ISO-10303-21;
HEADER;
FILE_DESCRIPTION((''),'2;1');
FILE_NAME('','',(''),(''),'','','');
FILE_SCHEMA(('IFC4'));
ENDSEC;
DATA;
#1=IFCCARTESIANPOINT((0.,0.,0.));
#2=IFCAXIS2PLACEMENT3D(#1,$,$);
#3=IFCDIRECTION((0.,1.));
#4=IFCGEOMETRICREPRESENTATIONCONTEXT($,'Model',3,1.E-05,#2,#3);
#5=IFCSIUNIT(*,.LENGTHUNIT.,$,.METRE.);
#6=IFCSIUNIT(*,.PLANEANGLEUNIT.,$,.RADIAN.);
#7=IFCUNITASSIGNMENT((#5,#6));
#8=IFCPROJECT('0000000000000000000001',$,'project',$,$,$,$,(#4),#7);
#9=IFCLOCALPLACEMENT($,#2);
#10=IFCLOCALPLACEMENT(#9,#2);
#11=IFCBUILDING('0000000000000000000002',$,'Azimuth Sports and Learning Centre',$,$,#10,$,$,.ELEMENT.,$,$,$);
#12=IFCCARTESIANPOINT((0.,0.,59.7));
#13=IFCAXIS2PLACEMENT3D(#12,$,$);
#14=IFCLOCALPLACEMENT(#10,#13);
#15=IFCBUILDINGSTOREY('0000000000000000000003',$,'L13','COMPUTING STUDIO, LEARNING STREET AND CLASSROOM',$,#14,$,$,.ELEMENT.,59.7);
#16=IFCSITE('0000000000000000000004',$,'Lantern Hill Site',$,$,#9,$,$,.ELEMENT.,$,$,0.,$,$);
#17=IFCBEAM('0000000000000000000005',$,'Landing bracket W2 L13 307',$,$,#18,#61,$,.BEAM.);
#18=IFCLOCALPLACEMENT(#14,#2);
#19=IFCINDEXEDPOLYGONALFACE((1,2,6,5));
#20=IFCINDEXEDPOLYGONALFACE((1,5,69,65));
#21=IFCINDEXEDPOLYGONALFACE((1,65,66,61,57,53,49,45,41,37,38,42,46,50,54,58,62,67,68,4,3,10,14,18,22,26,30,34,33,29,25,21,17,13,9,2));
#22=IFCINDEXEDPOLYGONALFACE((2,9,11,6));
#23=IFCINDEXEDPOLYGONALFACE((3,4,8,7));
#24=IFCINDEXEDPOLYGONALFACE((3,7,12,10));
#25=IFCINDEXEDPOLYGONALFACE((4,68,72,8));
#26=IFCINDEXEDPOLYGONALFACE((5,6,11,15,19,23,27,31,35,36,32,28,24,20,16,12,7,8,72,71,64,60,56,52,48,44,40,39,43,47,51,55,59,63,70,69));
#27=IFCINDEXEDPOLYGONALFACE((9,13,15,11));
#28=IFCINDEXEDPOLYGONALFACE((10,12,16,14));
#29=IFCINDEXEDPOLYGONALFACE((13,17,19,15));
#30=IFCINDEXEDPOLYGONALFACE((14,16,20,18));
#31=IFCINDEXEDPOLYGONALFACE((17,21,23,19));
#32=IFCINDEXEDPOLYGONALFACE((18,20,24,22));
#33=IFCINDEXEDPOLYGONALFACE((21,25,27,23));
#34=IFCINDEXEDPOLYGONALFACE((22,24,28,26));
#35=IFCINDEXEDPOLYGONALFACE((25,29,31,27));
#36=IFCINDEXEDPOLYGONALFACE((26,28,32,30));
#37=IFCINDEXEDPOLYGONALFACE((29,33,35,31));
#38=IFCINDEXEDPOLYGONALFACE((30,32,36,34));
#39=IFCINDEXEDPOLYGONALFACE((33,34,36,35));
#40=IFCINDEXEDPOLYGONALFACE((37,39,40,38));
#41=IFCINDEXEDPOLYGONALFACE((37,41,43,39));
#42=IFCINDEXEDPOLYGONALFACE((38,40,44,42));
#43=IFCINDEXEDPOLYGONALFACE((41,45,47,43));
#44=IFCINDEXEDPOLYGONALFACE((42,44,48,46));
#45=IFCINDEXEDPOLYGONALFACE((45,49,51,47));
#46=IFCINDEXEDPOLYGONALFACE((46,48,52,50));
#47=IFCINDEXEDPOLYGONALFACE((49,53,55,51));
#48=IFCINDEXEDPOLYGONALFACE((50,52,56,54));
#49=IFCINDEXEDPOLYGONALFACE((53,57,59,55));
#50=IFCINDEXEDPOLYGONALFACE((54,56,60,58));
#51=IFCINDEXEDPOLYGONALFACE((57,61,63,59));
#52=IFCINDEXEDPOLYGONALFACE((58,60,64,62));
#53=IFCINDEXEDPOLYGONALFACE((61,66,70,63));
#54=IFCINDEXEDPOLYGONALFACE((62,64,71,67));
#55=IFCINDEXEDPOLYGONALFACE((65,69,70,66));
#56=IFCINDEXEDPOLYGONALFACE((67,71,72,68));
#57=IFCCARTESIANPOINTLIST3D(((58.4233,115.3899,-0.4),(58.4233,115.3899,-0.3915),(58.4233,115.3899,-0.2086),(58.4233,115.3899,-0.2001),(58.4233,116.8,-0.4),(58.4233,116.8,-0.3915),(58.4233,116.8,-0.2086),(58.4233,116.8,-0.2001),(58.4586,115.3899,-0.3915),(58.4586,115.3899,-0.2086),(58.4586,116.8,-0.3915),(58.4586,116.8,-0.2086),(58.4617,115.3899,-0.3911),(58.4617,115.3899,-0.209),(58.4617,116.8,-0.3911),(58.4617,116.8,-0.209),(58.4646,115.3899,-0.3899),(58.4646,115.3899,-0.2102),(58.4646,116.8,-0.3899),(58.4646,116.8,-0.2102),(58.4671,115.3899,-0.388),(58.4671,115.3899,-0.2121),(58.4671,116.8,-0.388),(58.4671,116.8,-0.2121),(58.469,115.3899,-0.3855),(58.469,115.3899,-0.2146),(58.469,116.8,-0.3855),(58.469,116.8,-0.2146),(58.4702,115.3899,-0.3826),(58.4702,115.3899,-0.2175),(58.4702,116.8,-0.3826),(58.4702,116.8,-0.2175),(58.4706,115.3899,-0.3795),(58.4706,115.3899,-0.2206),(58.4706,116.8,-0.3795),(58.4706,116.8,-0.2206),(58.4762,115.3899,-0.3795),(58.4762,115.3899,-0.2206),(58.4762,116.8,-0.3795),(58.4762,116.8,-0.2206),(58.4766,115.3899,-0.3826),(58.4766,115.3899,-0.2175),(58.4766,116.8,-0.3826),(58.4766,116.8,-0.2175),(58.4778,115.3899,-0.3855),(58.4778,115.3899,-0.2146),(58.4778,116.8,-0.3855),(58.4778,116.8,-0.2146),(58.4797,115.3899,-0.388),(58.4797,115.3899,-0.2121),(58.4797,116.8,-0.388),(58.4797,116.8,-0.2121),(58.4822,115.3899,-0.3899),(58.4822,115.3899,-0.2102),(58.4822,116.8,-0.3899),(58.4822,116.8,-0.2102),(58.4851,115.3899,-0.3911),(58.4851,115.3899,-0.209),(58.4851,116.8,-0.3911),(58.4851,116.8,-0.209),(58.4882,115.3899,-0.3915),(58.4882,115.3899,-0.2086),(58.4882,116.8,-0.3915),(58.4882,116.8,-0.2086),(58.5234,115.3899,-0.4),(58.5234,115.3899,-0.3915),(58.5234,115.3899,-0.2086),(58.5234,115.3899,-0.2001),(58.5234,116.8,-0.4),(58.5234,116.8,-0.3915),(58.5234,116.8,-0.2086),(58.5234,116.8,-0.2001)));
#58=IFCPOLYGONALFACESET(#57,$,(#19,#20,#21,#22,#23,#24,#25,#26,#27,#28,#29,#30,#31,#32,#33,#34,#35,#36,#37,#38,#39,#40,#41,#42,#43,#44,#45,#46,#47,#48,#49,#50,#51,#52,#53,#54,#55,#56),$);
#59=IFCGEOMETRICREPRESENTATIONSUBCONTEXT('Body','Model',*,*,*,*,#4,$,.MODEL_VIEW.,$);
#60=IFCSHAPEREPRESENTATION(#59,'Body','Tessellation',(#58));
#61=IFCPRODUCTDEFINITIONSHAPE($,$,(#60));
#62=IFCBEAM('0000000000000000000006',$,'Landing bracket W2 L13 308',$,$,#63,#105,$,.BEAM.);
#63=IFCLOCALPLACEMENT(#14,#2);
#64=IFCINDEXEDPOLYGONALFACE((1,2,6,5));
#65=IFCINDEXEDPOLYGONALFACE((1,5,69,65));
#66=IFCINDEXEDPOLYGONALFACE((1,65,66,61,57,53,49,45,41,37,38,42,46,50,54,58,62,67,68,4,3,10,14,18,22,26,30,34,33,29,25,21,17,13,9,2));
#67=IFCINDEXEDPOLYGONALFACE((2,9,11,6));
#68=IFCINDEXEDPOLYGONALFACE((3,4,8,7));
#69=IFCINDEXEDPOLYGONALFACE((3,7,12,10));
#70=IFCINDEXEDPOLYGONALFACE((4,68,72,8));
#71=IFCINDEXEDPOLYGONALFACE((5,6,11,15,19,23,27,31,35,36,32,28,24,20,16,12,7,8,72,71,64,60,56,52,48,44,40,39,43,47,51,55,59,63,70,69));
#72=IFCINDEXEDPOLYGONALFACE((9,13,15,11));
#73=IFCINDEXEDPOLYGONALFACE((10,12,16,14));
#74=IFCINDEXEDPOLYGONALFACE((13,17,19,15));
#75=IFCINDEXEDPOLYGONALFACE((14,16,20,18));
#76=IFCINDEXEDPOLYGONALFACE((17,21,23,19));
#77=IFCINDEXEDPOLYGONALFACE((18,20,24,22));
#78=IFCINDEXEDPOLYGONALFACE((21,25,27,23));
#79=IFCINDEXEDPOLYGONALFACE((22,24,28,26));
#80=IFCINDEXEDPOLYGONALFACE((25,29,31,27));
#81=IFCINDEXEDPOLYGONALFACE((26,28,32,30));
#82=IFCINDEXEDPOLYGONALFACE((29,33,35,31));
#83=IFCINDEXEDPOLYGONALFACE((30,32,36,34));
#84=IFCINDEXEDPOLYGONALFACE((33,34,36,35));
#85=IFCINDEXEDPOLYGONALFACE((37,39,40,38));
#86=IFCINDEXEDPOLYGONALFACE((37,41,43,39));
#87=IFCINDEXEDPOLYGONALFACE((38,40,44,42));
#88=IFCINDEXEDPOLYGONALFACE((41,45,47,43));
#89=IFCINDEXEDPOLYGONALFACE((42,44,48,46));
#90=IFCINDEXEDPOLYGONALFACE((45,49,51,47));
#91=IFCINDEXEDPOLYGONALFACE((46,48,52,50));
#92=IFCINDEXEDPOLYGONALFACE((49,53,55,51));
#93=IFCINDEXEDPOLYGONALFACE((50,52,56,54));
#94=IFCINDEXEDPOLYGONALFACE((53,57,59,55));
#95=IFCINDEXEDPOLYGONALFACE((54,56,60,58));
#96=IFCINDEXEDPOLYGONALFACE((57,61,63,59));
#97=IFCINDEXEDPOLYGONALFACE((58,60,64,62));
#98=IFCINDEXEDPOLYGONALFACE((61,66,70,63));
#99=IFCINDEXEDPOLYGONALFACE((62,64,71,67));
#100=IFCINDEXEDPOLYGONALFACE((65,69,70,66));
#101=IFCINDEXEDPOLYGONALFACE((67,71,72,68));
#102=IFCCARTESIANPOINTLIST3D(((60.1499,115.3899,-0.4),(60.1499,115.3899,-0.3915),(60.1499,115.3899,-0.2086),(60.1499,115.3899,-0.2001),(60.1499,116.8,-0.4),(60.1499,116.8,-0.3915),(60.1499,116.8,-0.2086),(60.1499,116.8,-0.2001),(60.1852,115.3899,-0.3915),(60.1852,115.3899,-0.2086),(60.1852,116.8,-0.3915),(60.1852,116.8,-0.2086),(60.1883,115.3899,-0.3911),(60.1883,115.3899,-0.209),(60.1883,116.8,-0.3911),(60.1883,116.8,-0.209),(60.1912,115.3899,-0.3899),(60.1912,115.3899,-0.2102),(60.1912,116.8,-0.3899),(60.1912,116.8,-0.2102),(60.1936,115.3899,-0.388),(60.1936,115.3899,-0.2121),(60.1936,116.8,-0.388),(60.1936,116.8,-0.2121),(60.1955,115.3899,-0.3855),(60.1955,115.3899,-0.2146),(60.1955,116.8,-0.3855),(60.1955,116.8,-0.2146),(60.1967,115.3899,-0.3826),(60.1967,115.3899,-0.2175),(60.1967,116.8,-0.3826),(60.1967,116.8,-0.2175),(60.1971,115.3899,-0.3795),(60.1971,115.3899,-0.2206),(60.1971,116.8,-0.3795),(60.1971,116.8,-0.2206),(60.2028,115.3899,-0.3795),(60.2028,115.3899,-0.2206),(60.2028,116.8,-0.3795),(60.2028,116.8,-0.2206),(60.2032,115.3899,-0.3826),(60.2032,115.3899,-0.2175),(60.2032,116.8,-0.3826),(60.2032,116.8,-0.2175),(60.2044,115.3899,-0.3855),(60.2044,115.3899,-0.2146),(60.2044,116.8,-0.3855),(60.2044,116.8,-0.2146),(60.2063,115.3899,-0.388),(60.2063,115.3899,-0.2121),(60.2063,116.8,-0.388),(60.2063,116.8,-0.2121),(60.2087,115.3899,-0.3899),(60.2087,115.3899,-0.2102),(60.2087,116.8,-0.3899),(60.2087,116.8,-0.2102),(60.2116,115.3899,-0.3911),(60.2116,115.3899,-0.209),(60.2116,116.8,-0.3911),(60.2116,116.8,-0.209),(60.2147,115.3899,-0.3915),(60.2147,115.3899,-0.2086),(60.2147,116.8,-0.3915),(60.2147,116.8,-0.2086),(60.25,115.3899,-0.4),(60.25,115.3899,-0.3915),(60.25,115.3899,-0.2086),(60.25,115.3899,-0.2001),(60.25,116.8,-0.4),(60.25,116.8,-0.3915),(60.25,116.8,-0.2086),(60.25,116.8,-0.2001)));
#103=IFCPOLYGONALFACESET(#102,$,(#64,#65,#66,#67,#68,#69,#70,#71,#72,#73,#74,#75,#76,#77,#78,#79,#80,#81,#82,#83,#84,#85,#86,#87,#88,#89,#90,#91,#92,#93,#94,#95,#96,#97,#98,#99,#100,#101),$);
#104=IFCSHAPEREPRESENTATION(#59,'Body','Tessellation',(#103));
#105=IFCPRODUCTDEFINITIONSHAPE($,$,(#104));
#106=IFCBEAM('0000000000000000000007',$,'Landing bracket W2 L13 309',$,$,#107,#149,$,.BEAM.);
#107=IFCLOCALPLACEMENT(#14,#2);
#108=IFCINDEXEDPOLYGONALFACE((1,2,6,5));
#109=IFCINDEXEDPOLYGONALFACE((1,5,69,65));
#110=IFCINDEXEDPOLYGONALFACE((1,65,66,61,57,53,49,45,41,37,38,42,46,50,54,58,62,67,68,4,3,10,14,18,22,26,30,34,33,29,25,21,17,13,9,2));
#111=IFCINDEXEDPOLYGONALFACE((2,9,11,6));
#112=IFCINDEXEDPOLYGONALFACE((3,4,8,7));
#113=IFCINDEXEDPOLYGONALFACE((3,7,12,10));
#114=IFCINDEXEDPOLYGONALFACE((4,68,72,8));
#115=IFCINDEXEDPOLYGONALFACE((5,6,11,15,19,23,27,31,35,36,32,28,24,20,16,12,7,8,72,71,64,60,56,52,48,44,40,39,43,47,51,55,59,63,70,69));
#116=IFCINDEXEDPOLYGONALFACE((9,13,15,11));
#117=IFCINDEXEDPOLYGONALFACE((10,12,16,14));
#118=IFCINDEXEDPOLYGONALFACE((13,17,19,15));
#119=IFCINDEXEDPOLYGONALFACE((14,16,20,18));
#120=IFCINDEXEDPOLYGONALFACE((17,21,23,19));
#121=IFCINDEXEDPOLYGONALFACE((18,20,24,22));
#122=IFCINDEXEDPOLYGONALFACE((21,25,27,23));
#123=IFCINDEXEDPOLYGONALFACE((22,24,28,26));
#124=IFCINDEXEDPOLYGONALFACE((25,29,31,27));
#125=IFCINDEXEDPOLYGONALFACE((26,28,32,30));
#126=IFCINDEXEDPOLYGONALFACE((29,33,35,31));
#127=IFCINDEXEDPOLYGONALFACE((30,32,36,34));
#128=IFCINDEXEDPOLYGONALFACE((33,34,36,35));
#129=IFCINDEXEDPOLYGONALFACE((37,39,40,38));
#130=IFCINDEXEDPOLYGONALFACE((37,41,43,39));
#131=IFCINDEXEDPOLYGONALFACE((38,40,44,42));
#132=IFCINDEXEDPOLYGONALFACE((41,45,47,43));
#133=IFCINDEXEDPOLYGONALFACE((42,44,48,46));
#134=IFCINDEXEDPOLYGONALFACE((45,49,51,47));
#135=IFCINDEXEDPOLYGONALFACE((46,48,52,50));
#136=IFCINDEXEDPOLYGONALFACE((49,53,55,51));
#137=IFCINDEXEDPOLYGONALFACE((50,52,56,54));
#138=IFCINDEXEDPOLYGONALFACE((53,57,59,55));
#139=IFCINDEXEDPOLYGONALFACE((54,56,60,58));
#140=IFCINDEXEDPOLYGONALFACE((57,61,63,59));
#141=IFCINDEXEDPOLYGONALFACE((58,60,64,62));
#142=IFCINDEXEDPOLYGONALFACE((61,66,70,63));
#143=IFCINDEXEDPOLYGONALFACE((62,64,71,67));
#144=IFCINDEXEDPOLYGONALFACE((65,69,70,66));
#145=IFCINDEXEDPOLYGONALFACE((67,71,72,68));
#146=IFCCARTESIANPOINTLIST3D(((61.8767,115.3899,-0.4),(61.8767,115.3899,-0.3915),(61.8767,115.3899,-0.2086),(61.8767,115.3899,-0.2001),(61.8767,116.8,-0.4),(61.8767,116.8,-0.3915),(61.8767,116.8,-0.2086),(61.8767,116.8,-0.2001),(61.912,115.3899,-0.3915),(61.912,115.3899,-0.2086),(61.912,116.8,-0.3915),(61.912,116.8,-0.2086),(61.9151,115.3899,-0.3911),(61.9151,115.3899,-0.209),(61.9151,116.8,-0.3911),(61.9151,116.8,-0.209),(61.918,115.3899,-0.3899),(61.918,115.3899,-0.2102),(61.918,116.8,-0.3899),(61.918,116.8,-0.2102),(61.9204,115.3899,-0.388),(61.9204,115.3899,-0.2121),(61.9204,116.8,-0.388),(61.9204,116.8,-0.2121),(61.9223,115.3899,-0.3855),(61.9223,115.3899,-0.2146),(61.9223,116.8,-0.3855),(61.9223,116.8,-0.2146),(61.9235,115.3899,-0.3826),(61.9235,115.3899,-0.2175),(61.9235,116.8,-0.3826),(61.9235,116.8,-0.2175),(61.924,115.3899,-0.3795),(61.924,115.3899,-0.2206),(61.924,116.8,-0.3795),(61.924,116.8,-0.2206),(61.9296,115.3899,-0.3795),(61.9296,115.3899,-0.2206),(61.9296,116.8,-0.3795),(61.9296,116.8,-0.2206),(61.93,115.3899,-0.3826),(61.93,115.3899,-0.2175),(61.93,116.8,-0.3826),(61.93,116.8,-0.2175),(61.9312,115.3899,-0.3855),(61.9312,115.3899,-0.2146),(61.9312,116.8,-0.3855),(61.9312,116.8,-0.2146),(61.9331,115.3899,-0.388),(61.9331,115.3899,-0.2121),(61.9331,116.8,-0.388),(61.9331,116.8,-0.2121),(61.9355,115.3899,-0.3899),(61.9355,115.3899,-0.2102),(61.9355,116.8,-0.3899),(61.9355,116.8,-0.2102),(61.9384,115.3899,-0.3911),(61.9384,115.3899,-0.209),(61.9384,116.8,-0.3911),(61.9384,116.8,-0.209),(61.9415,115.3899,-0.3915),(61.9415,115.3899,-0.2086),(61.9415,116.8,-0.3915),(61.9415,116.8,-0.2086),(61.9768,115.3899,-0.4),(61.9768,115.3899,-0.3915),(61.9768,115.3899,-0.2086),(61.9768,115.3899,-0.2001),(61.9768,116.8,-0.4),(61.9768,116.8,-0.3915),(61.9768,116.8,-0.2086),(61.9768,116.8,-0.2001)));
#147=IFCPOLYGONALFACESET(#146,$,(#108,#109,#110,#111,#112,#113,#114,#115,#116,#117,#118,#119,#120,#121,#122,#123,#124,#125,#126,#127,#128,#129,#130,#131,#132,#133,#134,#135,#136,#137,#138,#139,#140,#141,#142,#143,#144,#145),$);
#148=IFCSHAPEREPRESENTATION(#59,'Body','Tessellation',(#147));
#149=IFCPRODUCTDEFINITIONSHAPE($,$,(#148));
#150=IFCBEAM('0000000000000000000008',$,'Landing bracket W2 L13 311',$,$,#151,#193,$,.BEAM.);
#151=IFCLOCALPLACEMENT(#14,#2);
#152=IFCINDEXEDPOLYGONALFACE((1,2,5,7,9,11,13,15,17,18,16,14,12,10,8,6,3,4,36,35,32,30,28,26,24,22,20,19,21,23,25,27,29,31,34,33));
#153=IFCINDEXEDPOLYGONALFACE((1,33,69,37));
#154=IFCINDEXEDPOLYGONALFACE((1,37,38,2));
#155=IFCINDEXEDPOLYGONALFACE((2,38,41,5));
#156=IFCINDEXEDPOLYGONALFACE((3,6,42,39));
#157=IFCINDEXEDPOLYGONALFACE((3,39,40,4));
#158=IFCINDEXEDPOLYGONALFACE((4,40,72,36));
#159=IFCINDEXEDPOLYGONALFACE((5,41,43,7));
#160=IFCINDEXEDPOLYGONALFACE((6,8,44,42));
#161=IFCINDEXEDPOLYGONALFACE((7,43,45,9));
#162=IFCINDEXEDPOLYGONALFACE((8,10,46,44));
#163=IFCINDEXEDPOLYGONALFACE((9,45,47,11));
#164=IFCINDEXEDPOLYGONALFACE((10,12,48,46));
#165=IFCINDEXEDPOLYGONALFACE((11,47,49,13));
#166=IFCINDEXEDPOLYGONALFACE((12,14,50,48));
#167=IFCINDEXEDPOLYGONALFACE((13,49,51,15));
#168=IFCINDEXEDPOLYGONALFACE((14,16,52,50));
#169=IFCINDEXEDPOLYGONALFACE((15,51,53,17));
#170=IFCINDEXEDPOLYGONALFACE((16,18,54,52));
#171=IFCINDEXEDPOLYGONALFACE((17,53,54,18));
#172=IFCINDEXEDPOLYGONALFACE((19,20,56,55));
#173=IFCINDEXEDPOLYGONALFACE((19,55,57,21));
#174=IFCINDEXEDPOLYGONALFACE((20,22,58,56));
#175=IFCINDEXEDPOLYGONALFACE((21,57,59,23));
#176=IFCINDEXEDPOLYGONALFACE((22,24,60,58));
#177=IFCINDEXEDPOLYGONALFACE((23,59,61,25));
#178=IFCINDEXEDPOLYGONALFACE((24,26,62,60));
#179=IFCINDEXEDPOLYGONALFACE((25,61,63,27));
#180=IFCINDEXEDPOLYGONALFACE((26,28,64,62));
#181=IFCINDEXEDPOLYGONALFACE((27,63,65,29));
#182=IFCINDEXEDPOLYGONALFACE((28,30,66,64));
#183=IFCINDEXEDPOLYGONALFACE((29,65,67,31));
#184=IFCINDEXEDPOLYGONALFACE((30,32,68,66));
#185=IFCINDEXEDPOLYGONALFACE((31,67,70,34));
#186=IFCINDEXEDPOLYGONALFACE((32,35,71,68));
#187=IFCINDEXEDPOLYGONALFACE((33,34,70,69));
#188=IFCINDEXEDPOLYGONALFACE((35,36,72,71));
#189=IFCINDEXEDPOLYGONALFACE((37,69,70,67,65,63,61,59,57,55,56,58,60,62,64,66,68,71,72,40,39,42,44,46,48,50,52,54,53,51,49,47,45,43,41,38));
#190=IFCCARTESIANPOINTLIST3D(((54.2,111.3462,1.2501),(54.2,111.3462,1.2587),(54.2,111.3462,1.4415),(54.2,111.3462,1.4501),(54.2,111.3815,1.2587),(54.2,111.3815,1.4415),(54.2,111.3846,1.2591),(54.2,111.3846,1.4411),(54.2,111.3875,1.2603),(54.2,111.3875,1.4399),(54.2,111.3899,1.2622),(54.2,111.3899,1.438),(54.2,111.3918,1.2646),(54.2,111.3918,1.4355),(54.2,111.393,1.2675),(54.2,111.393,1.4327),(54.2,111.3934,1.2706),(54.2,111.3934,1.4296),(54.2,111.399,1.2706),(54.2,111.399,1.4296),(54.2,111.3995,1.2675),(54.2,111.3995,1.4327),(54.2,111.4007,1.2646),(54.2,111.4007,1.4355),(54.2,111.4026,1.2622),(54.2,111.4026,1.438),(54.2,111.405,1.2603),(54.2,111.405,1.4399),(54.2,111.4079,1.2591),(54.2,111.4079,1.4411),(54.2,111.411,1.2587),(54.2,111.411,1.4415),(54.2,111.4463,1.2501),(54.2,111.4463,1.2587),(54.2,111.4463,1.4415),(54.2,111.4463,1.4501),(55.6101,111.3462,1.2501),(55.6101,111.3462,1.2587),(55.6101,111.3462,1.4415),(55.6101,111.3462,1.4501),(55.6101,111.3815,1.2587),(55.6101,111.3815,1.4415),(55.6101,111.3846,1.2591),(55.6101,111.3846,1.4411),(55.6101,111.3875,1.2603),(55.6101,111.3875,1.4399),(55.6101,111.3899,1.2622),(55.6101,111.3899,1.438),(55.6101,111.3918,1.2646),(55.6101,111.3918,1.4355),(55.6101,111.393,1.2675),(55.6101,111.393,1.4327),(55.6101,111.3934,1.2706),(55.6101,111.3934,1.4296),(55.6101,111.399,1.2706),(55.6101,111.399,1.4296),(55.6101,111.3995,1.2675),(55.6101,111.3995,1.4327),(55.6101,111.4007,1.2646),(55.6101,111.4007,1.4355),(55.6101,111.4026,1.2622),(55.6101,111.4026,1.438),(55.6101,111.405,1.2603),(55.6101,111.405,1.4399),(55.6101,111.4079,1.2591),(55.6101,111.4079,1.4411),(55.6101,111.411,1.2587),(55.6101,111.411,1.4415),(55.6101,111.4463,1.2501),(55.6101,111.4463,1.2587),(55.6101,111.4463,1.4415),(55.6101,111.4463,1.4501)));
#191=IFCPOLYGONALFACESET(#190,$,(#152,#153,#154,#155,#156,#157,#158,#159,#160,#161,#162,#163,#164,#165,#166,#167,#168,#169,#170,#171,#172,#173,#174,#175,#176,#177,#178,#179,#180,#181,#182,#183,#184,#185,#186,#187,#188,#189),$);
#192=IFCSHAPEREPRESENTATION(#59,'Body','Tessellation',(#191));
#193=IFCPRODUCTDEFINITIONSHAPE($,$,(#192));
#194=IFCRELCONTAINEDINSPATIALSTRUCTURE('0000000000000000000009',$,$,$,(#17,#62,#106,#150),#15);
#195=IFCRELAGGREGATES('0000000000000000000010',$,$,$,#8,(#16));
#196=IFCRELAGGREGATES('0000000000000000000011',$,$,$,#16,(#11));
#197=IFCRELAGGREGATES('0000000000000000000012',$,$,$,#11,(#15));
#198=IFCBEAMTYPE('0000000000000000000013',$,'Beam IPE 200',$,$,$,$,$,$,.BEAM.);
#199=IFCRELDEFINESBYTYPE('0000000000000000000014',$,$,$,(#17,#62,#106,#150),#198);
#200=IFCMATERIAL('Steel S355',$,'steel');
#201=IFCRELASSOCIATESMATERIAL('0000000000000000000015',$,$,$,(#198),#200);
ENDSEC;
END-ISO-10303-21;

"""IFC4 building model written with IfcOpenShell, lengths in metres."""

from ifc_helpers import new_model, si_unit, direction, frame, origin, origin_2d, place, context, subcontext, project, spatial, i_section, extrude, material, material_profile, profile_set, type_object, element, save


model = new_model("IFC4")

# Units and contexts
model_context = context("Model", 3, precision=1e-05, world=origin(), true_north=direction((0.0, 1.0)))
body_context = subcontext(model_context, "Body", "Model", "MODEL_VIEW")
ifc_project = project(units=[si_unit("LENGTHUNIT", "METRE"), si_unit("PLANEANGLEUNIT", "RADIAN")], contexts=[model_context])

# Site, building, storey
site_placement = place(None, origin())
site = spatial("IfcSite", under=ifc_project, at=site_placement, Name="Lantern Hill Site", CompositionType="ELEMENT", RefElevation=0.0)
building_placement = place(site_placement, origin())
building = spatial("IfcBuilding", under=site, at=building_placement, Name="Azimuth Sports and Learning Centre", CompositionType="ELEMENT")
storey_placement = place(building_placement, frame((0.0, 0.0, 59.7)))
storey = spatial("IfcBuildingStorey", under=building, at=storey_placement, Name="L13", Description="COMPUTING STUDIO, LEARNING STREET AND CLASSROOM", CompositionType="ELEMENT", Elevation=59.7)

# Beams
ifc_material_1 = material(Name="Steel S355", Category="steel")
ifc_material_profile_1 = material_profile(ifc_material_1, i_section(OverallWidth=0.1001, OverallDepth=0.2, WebThickness=0.0056, FlangeThickness=0.0085, FilletRadius=0.012, at=origin_2d()), Name="IPE 200")
ifc_profile_set_1 = profile_set([ifc_material_profile_1], Name="Steel S355")
beam_type_1 = type_object("IfcBeamType", Name="Beam IPE 200", PredefinedType="BEAM", material=ifc_profile_set_1)
for number, where, z_axis, x_axis, name in (
    (1, (58.4734, 116.8, -0.3), (0.0, -1.0, 0.0), (1.0, 0.0, 0.0), "Landing bracket W2 L13 307"),
    (2, (60.2, 116.8, -0.3), (0.0, -1.0, 0.0), (1.0, 0.0, 0.0), "Landing bracket W2 L13 308"),
    (3, (61.9268, 116.8, -0.3), (0.0, -1.0, 0.0), (1.0, 0.0, 0.0), "Landing bracket W2 L13 309"),
    (4, (54.2, 111.3962, 1.3501), (1.0, 0.0, 0.0), (0.0, 1.0, 0.0), "Landing bracket W2 L13 311"),
):
    element("IfcBeam", number, at=place(storey_placement, frame(where, z_axis=z_axis, x_axis=x_axis)), inside=storey, type_object=beam_type_1, Name=name, PredefinedType="BEAM", context=body_context, shape_type="SweptSolid", body=[
        extrude(i_section(OverallWidth=0.1001, OverallDepth=0.2, WebThickness=0.0056, FlangeThickness=0.0085, FilletRadius=0.012, at=origin_2d()), origin(), (0.0, 0.0, 1.0), 1.4102),
    ])

save(model, "model.ifc")
